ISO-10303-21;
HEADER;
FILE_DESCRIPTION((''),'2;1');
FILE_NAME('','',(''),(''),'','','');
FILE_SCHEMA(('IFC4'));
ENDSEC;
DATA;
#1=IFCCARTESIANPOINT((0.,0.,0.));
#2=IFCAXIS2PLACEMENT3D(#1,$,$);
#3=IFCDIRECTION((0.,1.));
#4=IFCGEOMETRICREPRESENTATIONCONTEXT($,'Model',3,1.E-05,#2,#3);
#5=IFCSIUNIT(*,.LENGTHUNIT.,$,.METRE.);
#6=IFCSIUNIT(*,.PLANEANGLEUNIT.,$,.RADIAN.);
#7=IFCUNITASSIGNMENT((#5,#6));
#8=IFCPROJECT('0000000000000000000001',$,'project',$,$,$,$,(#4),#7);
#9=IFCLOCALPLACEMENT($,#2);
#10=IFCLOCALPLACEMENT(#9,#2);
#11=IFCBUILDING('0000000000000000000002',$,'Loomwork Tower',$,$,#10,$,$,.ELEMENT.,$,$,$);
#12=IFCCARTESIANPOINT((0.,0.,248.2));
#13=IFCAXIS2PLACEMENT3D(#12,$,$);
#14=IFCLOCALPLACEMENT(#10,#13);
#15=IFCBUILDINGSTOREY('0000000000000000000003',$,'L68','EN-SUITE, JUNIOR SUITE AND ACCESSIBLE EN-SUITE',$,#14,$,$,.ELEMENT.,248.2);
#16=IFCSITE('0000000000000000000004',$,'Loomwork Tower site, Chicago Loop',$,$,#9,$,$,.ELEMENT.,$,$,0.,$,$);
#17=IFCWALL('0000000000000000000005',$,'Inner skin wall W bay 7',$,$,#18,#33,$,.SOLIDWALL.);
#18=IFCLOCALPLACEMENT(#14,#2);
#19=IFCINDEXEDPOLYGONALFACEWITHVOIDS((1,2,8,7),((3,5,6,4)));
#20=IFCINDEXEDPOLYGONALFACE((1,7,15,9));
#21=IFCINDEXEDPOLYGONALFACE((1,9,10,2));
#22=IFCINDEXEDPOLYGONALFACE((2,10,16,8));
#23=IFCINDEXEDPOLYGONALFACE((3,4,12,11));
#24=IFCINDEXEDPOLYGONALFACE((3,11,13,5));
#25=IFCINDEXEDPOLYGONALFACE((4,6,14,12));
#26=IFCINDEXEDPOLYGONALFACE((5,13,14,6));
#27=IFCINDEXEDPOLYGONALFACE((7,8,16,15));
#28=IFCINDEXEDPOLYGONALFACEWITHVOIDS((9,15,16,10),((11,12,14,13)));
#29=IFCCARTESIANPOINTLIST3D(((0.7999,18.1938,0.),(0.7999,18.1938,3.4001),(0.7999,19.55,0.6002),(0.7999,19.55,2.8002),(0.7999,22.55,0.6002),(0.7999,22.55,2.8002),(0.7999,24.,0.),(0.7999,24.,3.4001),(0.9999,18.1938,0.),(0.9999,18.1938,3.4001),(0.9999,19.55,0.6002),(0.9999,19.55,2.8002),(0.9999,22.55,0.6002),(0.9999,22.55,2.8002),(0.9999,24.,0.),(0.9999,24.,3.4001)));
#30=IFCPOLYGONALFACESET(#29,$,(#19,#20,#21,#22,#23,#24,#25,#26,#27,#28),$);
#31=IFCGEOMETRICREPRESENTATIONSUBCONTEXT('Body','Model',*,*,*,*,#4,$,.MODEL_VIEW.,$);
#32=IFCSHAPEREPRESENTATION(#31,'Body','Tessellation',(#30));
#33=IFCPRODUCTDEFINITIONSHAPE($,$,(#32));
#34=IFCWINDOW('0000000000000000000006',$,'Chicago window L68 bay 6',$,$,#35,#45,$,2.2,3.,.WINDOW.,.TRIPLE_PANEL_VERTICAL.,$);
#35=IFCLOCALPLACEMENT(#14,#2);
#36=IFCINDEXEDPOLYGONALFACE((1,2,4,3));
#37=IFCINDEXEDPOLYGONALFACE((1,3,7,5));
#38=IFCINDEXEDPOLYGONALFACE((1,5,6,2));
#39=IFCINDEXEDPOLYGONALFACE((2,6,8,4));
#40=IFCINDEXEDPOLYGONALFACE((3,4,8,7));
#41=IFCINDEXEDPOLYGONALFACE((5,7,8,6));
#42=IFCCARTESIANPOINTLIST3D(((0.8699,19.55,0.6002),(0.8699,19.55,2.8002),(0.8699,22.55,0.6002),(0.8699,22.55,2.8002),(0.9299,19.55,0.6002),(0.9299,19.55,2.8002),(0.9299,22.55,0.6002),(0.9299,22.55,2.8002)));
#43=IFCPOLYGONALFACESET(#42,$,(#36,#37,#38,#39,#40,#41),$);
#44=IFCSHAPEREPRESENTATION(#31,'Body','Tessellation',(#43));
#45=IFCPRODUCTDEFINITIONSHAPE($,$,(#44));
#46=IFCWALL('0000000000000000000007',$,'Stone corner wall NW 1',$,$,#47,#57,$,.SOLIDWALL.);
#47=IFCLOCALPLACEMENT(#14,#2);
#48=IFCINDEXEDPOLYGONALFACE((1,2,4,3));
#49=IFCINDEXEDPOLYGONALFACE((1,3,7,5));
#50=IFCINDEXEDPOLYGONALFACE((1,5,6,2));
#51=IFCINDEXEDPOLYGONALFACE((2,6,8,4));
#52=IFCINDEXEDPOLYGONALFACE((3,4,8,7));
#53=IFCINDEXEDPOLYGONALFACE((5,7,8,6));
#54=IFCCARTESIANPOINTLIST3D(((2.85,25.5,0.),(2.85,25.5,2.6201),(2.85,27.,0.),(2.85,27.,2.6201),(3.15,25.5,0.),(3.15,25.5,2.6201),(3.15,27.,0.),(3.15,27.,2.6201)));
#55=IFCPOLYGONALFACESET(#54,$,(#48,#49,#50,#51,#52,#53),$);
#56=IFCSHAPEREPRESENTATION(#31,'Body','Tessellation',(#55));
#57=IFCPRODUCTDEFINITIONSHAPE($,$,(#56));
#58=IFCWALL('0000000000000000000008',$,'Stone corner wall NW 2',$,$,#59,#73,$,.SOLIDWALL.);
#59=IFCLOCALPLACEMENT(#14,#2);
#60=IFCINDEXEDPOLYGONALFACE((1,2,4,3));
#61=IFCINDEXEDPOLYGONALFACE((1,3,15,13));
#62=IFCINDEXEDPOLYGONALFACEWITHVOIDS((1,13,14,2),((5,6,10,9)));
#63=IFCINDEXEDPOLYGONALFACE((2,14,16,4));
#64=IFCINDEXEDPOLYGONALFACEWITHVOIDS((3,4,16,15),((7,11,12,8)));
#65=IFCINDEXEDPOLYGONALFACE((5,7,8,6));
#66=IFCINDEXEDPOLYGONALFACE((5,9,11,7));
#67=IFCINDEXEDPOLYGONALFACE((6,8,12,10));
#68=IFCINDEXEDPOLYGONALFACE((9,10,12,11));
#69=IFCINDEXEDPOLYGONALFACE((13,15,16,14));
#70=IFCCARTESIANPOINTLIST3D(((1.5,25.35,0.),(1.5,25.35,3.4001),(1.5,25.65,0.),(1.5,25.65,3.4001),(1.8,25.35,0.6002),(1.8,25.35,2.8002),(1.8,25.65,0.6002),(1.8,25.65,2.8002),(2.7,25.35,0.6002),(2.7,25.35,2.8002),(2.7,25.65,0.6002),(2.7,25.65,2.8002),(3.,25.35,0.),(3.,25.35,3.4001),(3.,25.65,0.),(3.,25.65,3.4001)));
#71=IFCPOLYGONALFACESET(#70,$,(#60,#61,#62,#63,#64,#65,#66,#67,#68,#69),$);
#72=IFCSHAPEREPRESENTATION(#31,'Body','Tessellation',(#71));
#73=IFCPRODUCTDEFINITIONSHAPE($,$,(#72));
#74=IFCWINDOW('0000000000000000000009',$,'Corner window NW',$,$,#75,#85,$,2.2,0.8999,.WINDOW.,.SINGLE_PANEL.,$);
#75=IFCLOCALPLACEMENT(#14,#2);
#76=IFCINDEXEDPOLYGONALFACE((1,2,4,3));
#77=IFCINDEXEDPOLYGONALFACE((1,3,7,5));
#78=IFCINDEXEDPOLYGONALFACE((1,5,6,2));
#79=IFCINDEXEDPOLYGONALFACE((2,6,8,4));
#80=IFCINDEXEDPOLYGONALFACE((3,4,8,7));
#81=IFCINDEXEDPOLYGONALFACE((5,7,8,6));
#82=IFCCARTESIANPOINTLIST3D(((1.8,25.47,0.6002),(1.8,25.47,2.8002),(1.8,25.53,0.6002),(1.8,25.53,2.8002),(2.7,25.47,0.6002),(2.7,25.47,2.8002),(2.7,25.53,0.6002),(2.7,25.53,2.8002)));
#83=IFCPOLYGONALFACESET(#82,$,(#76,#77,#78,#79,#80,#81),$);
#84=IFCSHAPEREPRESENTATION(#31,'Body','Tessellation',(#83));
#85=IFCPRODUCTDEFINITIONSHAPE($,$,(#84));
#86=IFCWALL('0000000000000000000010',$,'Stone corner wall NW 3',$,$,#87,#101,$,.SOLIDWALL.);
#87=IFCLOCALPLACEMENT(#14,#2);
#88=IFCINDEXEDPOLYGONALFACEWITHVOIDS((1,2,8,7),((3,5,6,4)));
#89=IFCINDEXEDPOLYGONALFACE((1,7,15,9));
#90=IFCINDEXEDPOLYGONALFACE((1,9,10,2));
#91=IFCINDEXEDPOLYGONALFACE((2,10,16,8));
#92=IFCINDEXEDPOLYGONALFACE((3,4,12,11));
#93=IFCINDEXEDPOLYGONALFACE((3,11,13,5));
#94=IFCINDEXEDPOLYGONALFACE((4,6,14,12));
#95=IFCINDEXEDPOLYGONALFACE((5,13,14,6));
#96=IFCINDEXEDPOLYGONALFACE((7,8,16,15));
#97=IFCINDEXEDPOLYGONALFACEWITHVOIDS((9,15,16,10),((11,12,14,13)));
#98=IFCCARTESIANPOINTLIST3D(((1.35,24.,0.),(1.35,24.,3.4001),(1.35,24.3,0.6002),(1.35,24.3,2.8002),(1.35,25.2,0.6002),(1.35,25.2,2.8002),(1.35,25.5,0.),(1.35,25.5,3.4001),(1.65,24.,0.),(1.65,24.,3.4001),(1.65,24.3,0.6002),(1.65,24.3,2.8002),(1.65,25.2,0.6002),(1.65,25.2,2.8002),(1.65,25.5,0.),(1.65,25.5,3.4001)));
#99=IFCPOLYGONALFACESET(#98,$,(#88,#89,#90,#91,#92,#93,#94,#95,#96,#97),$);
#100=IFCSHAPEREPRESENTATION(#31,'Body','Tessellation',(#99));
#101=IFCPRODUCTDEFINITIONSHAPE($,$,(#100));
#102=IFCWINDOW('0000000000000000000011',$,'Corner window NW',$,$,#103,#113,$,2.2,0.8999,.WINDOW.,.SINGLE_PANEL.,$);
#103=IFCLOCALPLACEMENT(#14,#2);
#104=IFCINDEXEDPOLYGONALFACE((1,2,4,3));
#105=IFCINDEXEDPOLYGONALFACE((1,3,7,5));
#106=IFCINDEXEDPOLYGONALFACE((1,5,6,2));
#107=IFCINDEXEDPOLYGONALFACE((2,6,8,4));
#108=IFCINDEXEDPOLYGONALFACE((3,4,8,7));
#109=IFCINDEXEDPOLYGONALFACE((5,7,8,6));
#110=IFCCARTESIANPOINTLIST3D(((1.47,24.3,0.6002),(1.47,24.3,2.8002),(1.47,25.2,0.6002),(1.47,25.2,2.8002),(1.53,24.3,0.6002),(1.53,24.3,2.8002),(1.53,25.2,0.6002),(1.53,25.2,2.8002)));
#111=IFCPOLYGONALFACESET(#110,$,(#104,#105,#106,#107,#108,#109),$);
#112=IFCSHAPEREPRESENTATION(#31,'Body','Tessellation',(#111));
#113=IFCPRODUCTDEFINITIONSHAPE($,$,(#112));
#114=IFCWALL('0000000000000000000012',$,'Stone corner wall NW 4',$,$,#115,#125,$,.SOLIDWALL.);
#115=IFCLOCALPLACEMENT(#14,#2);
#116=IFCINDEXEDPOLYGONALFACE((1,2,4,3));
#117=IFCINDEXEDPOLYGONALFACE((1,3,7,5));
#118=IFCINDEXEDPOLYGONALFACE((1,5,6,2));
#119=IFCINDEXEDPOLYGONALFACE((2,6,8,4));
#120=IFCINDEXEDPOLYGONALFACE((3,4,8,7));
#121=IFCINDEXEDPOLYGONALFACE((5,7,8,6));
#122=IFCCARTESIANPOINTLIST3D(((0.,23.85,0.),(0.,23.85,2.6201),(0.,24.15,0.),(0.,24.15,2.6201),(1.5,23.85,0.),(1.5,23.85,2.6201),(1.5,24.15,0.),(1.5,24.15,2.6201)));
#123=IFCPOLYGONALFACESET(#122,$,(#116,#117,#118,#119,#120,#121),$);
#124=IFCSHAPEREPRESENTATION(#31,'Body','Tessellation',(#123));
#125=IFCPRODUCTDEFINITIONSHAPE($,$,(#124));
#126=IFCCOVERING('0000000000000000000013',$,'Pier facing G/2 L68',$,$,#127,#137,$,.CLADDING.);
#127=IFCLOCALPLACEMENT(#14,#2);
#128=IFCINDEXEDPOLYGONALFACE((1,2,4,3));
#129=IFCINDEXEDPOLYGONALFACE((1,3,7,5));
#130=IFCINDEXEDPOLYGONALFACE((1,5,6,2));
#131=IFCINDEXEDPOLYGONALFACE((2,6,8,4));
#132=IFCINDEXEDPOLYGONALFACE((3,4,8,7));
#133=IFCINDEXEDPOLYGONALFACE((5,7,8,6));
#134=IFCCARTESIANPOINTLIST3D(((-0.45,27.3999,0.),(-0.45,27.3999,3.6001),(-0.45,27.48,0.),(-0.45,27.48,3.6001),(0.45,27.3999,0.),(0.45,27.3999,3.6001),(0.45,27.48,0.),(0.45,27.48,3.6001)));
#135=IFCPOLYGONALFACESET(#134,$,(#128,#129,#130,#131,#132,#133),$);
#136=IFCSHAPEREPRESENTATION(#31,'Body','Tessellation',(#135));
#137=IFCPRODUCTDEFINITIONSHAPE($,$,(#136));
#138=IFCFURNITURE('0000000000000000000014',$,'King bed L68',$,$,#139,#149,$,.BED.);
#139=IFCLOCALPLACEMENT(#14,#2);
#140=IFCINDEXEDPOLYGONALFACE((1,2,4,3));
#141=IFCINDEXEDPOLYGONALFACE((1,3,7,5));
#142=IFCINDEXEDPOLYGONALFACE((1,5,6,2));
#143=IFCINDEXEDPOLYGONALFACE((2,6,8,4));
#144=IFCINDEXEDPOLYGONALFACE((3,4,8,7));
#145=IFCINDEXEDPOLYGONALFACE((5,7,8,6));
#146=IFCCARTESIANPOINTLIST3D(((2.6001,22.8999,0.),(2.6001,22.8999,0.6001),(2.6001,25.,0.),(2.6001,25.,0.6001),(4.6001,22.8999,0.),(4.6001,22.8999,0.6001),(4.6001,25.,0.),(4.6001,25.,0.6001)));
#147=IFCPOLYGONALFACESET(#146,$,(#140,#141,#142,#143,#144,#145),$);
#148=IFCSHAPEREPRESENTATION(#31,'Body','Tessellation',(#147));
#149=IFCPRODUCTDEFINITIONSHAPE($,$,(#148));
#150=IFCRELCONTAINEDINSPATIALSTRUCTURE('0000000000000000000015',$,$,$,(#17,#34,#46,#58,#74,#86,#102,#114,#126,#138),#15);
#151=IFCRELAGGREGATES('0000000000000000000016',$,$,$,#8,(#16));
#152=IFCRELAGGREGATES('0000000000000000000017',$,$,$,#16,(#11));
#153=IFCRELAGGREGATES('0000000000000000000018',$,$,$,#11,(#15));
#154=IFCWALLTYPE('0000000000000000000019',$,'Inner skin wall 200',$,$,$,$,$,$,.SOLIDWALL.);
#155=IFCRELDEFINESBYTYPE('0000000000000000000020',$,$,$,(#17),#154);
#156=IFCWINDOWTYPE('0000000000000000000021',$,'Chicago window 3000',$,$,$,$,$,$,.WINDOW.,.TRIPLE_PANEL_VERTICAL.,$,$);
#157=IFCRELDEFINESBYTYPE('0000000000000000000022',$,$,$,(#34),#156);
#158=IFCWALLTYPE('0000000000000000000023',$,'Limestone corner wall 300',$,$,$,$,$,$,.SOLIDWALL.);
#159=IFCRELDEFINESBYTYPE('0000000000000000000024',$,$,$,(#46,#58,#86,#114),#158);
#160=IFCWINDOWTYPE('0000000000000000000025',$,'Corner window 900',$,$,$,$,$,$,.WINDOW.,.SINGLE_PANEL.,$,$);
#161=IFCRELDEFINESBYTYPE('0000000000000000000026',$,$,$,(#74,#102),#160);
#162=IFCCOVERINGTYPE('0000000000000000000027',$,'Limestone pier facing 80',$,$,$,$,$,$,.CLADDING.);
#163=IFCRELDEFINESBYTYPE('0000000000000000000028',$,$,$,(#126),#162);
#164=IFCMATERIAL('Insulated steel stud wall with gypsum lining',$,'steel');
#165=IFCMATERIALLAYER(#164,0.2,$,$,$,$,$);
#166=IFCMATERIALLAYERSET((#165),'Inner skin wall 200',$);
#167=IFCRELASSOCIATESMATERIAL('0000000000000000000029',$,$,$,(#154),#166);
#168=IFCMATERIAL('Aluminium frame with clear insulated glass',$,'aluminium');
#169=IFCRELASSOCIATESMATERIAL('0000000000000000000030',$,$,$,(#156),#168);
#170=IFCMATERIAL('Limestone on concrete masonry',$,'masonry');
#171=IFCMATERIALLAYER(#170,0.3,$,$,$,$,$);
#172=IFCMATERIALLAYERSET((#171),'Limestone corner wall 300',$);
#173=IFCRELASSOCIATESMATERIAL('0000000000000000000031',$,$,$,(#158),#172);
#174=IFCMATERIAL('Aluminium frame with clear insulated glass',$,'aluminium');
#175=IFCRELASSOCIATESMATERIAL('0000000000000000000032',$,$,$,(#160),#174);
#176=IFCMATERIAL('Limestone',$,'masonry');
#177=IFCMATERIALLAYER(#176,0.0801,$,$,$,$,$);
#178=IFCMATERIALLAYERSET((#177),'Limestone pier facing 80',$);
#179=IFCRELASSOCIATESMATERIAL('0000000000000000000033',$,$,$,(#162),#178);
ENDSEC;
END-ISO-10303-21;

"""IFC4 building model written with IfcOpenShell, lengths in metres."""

from ifc_helpers import new_model, si_unit, direction, frame, frame_2d, origin, origin_2d, place, context, subcontext, project, spatial, rectangle, extrude, material, layer, layer_set, type_object, element, fill, save


model = new_model("IFC4")

# Units and contexts
model_context = context("Model", 3, precision=1e-05, world=origin(), true_north=direction((0.0, 1.0)))
body_context = subcontext(model_context, "Body", "Model", "MODEL_VIEW")
ifc_project = project(units=[si_unit("LENGTHUNIT", "METRE"), si_unit("PLANEANGLEUNIT", "RADIAN")], contexts=[model_context])

# Site, building, storey
site_placement = place(None, origin())
site = spatial("IfcSite", under=ifc_project, at=site_placement, Name="Loomwork Tower site, Chicago Loop", CompositionType="ELEMENT", RefElevation=0.0)
building_placement = place(site_placement, origin())
building = spatial("IfcBuilding", under=site, at=building_placement, Name="Loomwork Tower", CompositionType="ELEMENT")
storey_placement = place(building_placement, frame((0.0, 0.0, 248.2)))
storey = spatial("IfcBuildingStorey", under=building, at=storey_placement, Name="L68", Description="EN-SUITE, JUNIOR SUITE AND ACCESSIBLE EN-SUITE", CompositionType="ELEMENT", Elevation=248.2)

# Wall, opening, window
ifc_material_1 = material(Name="Insulated steel stud wall with gypsum lining", Category="steel")
ifc_layer_1 = layer(ifc_material_1, 0.2)
ifc_layer_set_1 = layer_set([ifc_layer_1], Name="Inner skin wall 200")
wall_type_1 = type_object("IfcWallType", Name="Inner skin wall 200", PredefinedType="SOLIDWALL", material=ifc_layer_set_1)
wall_1_placement = place(storey_placement, frame((0.8999, 18.1938, 0.0), z_axis=(0.0, 0.0, 1.0), x_axis=(0.0, 1.0, 0.0)))
wall_1 = element("IfcWall", 1, at=wall_1_placement, inside=storey, type_object=wall_type_1, Name="Inner skin wall W bay 7", PredefinedType="SOLIDWALL", context=body_context, shape_type="SweptSolid", body=[
    extrude(rectangle(XDim=5.8062, YDim=0.2, at=frame_2d((2.9031, 0.0))), origin(), (0.0, 0.0, 1.0), 3.4001),
])
opening_1_placement = place(wall_1_placement, frame((1.3562, 0.0, 0.6001)))
opening_1 = element("IfcOpeningElement", 2, at=opening_1_placement, cuts=wall_1, PredefinedType="OPENING", context=body_context, shape_type="SweptSolid", body=[
    extrude(rectangle(XDim=3.0, YDim=2.2, at=frame_2d((1.5, 1.1001))), frame((0.0, 0.1099, 0.0), z_axis=(0.0, -1.0, 0.0), x_axis=(1.0, 0.0, 0.0)), (0.0, 0.0, 1.0), 0.22),
])
ifc_material_2 = material(Name="Aluminium frame with clear insulated glass", Category="aluminium")
window_type_1 = type_object("IfcWindowType", Name="Chicago window 3000", PartitioningType="TRIPLE_PANEL_VERTICAL", PredefinedType="WINDOW", material=ifc_material_2)
window_1_placement = place(opening_1_placement, origin())
window_1 = element("IfcWindow", 3, at=window_1_placement, inside=storey, type_object=window_type_1, Name="Chicago window L68 bay 6", OverallHeight=2.2, OverallWidth=3.0, PartitioningType="TRIPLE_PANEL_VERTICAL", PredefinedType="WINDOW", context=body_context, shape_type="SweptSolid", body=[
    extrude(rectangle(XDim=3.0, YDim=2.2, at=frame_2d((1.5, 1.1001))), frame((0.0, 0.03, 0.0), z_axis=(0.0, -1.0, 0.0), x_axis=(1.0, 0.0, 0.0)), (0.0, 0.0, 1.0), 0.0601),
])
fill(opening_1, window_1)

# Wall
ifc_material_3 = material(Name="Limestone on concrete masonry", Category="masonry")
ifc_layer_2 = layer(ifc_material_3, 0.3)
ifc_layer_set_2 = layer_set([ifc_layer_2], Name="Limestone corner wall 300")
wall_type_2 = type_object("IfcWallType", Name="Limestone corner wall 300", PredefinedType="SOLIDWALL", material=ifc_layer_set_2)
wall_2_placement = place(storey_placement, frame((3.0, 27.0, 0.0), z_axis=(0.0, 0.0, 1.0), x_axis=(0.0, -1.0, 0.0)))
element("IfcWall", 4, at=wall_2_placement, inside=storey, type_object=wall_type_2, Name="Stone corner wall NW 1", PredefinedType="SOLIDWALL", context=body_context, shape_type="SweptSolid", body=[
    extrude(rectangle(XDim=1.5, YDim=0.3, at=frame_2d((0.75, 0.0))), origin(), (0.0, 0.0, 1.0), 2.6201),
])

# Walls, openings, windows
wall_3_placement = place(storey_placement, frame((3.0, 25.5, 0.0), z_axis=(0.0, 0.0, 1.0), x_axis=(-1.0, 0.0, 0.0)))
wall_3 = element("IfcWall", 5, at=wall_3_placement, inside=storey, type_object=wall_type_2, Name="Stone corner wall NW 2", PredefinedType="SOLIDWALL", context=body_context, shape_type="SweptSolid", body=[
    extrude(rectangle(XDim=1.5, YDim=0.3, at=frame_2d((0.75, 0.0))), origin(), (0.0, 0.0, 1.0), 3.4001),
])
opening_2_placement = place(wall_3_placement, frame((0.3, 0.0, 0.6001)))
opening_2 = element("IfcOpeningElement", 6, at=opening_2_placement, cuts=wall_3, PredefinedType="OPENING", context=body_context, shape_type="SweptSolid", body=[
    extrude(rectangle(XDim=0.8999, YDim=2.2, at=frame_2d((0.45, 1.1001))), frame((0.0, 0.1599, 0.0), z_axis=(0.0, -1.0, 0.0), x_axis=(1.0, 0.0, 0.0)), (0.0, 0.0, 1.0), 0.3201),
])
ifc_material_4 = material(Name="Aluminium frame with clear insulated glass", Category="aluminium")
window_type_2 = type_object("IfcWindowType", Name="Corner window 900", PartitioningType="SINGLE_PANEL", PredefinedType="WINDOW", material=ifc_material_4)
window_2_placement = place(opening_2_placement, origin())
window_2 = element("IfcWindow", 7, at=window_2_placement, inside=storey, type_object=window_type_2, Name="Corner window NW", OverallHeight=2.2, OverallWidth=0.8999, PartitioningType="SINGLE_PANEL", PredefinedType="WINDOW", context=body_context, shape_type="SweptSolid", body=[
    extrude(rectangle(XDim=0.8999, YDim=2.2, at=frame_2d((0.45, 1.1001))), frame((0.0, 0.03, 0.0), z_axis=(0.0, -1.0, 0.0), x_axis=(1.0, 0.0, 0.0)), (0.0, 0.0, 1.0), 0.0601),
])
fill(opening_2, window_2)
wall_4_placement = place(storey_placement, frame((1.5, 25.5, 0.0), z_axis=(0.0, 0.0, 1.0), x_axis=(0.0, -1.0, 0.0)))
wall_4 = element("IfcWall", 8, at=wall_4_placement, inside=storey, type_object=wall_type_2, Name="Stone corner wall NW 3", PredefinedType="SOLIDWALL", context=body_context, shape_type="SweptSolid", body=[
    extrude(rectangle(XDim=1.5, YDim=0.3, at=frame_2d((0.75, 0.0))), origin(), (0.0, 0.0, 1.0), 3.4001),
])
opening_3_placement = place(wall_4_placement, frame((0.3, 0.0, 0.6001)))
opening_3 = element("IfcOpeningElement", 9, at=opening_3_placement, cuts=wall_4, PredefinedType="OPENING", context=body_context, shape_type="SweptSolid", body=[
    extrude(rectangle(XDim=0.8999, YDim=2.2, at=frame_2d((0.45, 1.1001))), frame((0.0, 0.1599, 0.0), z_axis=(0.0, -1.0, 0.0), x_axis=(1.0, 0.0, 0.0)), (0.0, 0.0, 1.0), 0.3201),
])
window_3_placement = place(opening_3_placement, origin())
window_3 = element("IfcWindow", 10, at=window_3_placement, inside=storey, type_object=window_type_2, Name="Corner window NW", OverallHeight=2.2, OverallWidth=0.8999, PartitioningType="SINGLE_PANEL", PredefinedType="WINDOW", context=body_context, shape_type="SweptSolid", body=[
    extrude(rectangle(XDim=0.8999, YDim=2.2, at=frame_2d((0.45, 1.1001))), frame((0.0, 0.03, 0.0), z_axis=(0.0, -1.0, 0.0), x_axis=(1.0, 0.0, 0.0)), (0.0, 0.0, 1.0), 0.0601),
])
fill(opening_3, window_3)

# Wall
wall_5_placement = place(storey_placement, frame((1.5, 24.0, 0.0), z_axis=(0.0, 0.0, 1.0), x_axis=(-1.0, 0.0, 0.0)))
element("IfcWall", 11, at=wall_5_placement, inside=storey, type_object=wall_type_2, Name="Stone corner wall NW 4", PredefinedType="SOLIDWALL", context=body_context, shape_type="SweptSolid", body=[
    extrude(rectangle(XDim=1.5, YDim=0.3, at=frame_2d((0.75, 0.0))), origin(), (0.0, 0.0, 1.0), 2.6201),
])

# Covering
ifc_material_5 = material(Name="Limestone", Category="masonry")
ifc_layer_3 = layer(ifc_material_5, 0.0801)
ifc_layer_set_3 = layer_set([ifc_layer_3], Name="Limestone pier facing 80")
covering_type = type_object("IfcCoveringType", Name="Limestone pier facing 80", PredefinedType="CLADDING", material=ifc_layer_set_3)
covering_placement = place(storey_placement, frame((0.0, 27.4399, 0.0), z_axis=(0.0, 0.0, 1.0), x_axis=(1.0, 0.0, 0.0)))
element("IfcCovering", 12, at=covering_placement, inside=storey, type_object=covering_type, Name="Pier facing G/2 L68", PredefinedType="CLADDING", context=body_context, shape_type="SweptSolid", body=[
    extrude(rectangle(XDim=0.8999, YDim=0.0801, at=origin_2d()), origin(), (0.0, 0.0, 1.0), 3.6001),
])

# Furniture
furniture_placement = place(storey_placement, frame((3.6001, 23.95, 0.0), z_axis=(0.0, 0.0, 1.0), x_axis=(1.0, 0.0, 0.0)))
element("IfcFurniture", 13, at=furniture_placement, inside=storey, Name="King bed L68", PredefinedType="BED", context=body_context, shape_type="SweptSolid", body=[
    extrude(rectangle(XDim=2.0, YDim=2.1001, at=origin_2d()), origin(), (0.0, 0.0, 1.0), 0.6001),
])

save(model, "model.ifc")
